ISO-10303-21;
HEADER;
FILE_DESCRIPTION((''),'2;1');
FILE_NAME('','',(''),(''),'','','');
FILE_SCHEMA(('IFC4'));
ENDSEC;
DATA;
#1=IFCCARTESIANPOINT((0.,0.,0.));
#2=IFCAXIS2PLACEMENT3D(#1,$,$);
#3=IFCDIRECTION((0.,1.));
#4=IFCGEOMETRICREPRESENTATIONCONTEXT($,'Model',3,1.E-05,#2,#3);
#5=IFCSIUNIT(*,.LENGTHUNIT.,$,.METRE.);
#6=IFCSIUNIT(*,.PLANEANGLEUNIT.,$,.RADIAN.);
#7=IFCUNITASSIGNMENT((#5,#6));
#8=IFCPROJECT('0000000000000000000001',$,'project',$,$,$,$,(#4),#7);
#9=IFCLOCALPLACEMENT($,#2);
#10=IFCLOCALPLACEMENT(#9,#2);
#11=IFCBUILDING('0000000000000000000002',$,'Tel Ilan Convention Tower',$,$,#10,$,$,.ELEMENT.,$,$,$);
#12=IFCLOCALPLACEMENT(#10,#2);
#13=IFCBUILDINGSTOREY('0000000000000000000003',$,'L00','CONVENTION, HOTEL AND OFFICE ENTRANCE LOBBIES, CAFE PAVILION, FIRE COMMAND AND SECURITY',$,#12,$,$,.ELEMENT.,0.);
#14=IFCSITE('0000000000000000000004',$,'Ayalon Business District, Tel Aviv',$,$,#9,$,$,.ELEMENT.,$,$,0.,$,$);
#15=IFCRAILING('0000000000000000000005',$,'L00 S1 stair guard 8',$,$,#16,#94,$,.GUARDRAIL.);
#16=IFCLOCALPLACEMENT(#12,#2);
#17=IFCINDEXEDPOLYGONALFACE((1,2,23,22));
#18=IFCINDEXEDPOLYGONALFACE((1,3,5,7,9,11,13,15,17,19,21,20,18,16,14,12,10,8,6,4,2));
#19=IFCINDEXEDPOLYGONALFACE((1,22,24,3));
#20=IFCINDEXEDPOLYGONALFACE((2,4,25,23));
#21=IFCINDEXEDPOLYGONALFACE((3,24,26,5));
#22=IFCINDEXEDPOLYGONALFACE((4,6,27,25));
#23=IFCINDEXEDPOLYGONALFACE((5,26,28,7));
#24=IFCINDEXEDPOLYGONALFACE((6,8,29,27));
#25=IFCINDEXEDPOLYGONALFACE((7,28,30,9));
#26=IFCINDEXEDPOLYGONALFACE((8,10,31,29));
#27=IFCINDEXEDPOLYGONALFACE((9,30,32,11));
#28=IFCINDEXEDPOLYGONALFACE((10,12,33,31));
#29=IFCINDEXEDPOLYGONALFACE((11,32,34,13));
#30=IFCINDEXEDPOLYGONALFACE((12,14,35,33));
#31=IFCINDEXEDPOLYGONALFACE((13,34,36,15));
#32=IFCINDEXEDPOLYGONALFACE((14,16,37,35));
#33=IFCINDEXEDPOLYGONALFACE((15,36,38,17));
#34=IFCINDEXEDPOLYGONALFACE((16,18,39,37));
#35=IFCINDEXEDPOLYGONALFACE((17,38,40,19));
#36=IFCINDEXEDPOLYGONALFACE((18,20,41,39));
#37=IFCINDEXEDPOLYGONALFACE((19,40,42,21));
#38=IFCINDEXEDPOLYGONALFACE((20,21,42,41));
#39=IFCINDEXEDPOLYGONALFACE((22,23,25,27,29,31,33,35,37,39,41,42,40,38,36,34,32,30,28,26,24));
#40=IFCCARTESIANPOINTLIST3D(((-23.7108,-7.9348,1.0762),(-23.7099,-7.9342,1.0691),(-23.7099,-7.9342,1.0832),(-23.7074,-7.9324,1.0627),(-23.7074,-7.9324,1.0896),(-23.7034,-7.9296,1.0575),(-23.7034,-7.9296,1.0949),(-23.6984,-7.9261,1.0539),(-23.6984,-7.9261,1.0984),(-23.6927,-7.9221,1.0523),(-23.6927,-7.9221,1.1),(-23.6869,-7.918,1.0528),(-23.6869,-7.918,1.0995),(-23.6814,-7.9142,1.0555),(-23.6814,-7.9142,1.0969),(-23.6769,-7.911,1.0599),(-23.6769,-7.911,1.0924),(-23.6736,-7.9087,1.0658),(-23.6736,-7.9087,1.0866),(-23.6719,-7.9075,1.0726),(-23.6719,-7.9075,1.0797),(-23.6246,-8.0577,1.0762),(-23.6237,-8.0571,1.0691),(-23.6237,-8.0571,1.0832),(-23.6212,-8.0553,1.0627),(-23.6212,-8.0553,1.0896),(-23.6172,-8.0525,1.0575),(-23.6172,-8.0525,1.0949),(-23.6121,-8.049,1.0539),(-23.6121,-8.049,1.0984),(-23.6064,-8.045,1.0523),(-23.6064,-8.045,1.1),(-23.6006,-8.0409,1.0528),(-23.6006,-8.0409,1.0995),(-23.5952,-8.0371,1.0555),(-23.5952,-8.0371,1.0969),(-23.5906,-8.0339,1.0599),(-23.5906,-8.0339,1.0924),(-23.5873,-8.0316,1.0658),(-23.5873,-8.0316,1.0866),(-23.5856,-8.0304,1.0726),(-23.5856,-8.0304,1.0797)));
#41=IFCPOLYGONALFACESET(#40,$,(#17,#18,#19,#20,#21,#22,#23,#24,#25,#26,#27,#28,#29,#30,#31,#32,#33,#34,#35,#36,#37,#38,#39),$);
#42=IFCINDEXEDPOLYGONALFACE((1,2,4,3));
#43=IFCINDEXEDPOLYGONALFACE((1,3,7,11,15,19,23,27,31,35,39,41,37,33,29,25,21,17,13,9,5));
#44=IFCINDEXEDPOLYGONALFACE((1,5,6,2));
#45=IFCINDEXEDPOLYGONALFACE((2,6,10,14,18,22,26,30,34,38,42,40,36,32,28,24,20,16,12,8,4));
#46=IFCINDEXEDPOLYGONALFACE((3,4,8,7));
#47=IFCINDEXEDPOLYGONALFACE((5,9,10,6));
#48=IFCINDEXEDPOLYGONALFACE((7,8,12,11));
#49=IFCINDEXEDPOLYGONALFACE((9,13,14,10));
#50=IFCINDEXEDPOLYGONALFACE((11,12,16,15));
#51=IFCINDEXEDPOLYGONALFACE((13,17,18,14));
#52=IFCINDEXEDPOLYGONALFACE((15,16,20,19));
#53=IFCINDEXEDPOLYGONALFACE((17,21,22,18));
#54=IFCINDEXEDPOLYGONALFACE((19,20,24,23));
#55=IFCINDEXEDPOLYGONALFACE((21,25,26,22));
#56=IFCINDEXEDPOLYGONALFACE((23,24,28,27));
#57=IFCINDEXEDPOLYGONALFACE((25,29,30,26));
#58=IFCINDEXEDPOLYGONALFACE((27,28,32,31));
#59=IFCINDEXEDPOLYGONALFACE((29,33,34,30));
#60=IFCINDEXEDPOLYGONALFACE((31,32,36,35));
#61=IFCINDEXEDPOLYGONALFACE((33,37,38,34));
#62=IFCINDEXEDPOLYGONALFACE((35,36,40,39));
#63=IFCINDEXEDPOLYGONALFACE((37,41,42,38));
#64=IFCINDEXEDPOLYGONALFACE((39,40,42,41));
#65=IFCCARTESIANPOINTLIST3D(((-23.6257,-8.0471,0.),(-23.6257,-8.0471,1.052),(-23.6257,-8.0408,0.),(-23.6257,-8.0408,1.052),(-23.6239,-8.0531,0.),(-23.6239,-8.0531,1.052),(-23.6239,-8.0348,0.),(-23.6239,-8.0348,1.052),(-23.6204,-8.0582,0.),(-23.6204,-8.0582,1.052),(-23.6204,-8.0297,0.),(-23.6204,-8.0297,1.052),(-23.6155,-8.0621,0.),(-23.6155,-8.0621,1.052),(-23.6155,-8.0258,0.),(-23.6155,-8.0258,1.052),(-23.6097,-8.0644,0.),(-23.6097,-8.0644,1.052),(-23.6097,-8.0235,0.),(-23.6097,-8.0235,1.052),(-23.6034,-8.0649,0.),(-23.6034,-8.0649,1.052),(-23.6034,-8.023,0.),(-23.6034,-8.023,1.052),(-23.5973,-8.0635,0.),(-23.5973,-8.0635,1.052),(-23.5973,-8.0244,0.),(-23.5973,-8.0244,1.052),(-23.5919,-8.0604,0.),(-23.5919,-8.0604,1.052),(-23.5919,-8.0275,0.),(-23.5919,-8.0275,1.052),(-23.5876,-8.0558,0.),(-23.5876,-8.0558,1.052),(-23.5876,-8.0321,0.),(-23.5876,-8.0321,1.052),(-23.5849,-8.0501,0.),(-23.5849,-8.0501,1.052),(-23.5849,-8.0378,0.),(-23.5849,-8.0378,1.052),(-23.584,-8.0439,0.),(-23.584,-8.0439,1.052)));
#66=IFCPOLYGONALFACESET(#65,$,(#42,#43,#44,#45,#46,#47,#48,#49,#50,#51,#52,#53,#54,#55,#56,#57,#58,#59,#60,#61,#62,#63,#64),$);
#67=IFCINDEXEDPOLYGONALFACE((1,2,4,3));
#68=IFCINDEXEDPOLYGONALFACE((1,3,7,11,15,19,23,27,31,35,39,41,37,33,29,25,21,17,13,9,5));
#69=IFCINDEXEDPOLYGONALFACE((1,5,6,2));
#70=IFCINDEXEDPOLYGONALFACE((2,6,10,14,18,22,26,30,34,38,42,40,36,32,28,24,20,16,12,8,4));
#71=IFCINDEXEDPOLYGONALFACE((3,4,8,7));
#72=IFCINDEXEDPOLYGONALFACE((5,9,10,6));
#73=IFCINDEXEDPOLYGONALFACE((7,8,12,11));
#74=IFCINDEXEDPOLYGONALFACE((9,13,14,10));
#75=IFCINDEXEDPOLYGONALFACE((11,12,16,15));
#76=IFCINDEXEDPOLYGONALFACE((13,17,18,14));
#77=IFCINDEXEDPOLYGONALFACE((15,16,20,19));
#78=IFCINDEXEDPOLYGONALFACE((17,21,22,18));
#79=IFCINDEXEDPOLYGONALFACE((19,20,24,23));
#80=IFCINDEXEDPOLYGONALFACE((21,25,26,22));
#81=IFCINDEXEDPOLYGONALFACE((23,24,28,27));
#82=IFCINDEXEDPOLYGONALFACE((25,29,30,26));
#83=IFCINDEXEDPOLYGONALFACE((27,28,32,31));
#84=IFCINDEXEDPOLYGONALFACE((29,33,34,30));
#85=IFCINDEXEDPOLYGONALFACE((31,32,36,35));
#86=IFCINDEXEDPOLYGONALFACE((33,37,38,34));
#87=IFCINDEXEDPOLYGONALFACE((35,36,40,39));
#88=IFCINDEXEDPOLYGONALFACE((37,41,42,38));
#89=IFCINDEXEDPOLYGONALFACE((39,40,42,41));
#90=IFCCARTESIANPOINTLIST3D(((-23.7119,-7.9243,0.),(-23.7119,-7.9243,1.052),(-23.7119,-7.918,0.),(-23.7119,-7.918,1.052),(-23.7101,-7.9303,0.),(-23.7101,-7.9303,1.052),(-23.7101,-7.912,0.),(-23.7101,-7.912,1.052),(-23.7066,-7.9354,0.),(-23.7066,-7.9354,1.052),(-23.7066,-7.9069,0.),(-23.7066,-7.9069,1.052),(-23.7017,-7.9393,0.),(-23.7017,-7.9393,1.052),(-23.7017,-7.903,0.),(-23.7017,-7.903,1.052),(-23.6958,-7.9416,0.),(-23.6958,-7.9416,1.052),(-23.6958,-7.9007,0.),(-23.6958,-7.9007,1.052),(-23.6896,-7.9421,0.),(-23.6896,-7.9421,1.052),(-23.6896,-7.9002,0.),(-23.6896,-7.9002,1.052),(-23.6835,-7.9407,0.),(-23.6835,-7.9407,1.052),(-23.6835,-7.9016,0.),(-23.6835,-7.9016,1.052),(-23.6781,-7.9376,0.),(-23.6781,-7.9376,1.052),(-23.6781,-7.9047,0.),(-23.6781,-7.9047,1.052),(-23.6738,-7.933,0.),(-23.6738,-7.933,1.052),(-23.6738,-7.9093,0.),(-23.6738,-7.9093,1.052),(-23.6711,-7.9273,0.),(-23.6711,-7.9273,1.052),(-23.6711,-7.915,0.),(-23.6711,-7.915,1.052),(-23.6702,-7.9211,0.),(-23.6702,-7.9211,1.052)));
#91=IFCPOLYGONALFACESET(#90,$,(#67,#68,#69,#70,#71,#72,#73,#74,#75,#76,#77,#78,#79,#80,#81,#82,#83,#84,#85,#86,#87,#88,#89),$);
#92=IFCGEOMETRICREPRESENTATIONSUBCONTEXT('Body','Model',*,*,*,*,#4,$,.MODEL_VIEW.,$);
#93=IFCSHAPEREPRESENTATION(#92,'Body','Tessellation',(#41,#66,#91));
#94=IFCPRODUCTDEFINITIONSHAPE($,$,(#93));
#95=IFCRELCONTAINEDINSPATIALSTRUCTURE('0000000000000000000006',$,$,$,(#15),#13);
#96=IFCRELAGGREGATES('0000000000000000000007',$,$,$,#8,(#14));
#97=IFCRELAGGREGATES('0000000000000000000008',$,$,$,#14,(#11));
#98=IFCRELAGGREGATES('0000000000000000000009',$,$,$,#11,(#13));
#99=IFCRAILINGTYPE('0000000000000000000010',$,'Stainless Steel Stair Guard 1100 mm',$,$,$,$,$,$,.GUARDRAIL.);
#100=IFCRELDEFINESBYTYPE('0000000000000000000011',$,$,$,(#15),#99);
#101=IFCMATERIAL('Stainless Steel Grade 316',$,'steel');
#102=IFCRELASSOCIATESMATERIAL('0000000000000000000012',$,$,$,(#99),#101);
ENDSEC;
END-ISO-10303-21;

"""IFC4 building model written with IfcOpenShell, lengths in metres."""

from ifc_helpers import new_model, si_unit, direction, frame, origin, origin_2d, place, context, subcontext, project, spatial, circle, extrude, material, type_object, element, save


model = new_model("IFC4")

# Units and contexts
model_context = context("Model", 3, precision=1e-05, world=origin(), true_north=direction((0.0, 1.0)))
body_context = subcontext(model_context, "Body", "Model", "MODEL_VIEW")
ifc_project = project(units=[si_unit("LENGTHUNIT", "METRE"), si_unit("PLANEANGLEUNIT", "RADIAN")], contexts=[model_context])

# Site, building, storey
site_placement = place(None, origin())
site = spatial("IfcSite", under=ifc_project, at=site_placement, Name="Ayalon Business District, Tel Aviv", CompositionType="ELEMENT", RefElevation=0.0)
building_placement = place(site_placement, origin())
building = spatial("IfcBuilding", under=site, at=building_placement, Name="Tel Ilan Convention Tower", CompositionType="ELEMENT")
storey_placement = place(building_placement, origin())
storey = spatial("IfcBuildingStorey", under=building, at=storey_placement, Name="L00", Description="CONVENTION, HOTEL AND OFFICE ENTRANCE LOBBIES, CAFE PAVILION, FIRE COMMAND AND SECURITY", CompositionType="ELEMENT", Elevation=0.0)

# Railing
ifc_material_1 = material(Name="Stainless Steel Grade 316", Category="steel")
railing_type_1 = type_object("IfcRailingType", Name="Stainless Steel Stair Guard 1100 mm", PredefinedType="GUARDRAIL", material=ifc_material_1)
railing_1_placement = place(storey_placement, frame((-23.605, -8.0439, 0.0)))
element("IfcRailing", 1, at=railing_1_placement, inside=storey, type_object=railing_type_1, Name="L00 S1 stair guard 8", PredefinedType="GUARDRAIL", context=body_context, shape_type="SweptSolid", body=[
    extrude(circle(Radius=0.0239, at=origin_2d()), frame((0.0, 0.0, 1.0762), z_axis=(-0.574445, 0.818543, 0.0), x_axis=(-0.818543, -0.574445, 0.0)), (0.0, 0.0, 1.0), 0.1501),
    extrude(circle(Radius=0.021, at=origin_2d()), origin(), (0.0, 0.0, 1.0), 1.052),
    extrude(circle(Radius=0.021, at=origin_2d()), frame((-0.0862, 0.1228, 0.0)), (0.0, 0.0, 1.0), 1.052),
])

save(model, "model.ifc")
